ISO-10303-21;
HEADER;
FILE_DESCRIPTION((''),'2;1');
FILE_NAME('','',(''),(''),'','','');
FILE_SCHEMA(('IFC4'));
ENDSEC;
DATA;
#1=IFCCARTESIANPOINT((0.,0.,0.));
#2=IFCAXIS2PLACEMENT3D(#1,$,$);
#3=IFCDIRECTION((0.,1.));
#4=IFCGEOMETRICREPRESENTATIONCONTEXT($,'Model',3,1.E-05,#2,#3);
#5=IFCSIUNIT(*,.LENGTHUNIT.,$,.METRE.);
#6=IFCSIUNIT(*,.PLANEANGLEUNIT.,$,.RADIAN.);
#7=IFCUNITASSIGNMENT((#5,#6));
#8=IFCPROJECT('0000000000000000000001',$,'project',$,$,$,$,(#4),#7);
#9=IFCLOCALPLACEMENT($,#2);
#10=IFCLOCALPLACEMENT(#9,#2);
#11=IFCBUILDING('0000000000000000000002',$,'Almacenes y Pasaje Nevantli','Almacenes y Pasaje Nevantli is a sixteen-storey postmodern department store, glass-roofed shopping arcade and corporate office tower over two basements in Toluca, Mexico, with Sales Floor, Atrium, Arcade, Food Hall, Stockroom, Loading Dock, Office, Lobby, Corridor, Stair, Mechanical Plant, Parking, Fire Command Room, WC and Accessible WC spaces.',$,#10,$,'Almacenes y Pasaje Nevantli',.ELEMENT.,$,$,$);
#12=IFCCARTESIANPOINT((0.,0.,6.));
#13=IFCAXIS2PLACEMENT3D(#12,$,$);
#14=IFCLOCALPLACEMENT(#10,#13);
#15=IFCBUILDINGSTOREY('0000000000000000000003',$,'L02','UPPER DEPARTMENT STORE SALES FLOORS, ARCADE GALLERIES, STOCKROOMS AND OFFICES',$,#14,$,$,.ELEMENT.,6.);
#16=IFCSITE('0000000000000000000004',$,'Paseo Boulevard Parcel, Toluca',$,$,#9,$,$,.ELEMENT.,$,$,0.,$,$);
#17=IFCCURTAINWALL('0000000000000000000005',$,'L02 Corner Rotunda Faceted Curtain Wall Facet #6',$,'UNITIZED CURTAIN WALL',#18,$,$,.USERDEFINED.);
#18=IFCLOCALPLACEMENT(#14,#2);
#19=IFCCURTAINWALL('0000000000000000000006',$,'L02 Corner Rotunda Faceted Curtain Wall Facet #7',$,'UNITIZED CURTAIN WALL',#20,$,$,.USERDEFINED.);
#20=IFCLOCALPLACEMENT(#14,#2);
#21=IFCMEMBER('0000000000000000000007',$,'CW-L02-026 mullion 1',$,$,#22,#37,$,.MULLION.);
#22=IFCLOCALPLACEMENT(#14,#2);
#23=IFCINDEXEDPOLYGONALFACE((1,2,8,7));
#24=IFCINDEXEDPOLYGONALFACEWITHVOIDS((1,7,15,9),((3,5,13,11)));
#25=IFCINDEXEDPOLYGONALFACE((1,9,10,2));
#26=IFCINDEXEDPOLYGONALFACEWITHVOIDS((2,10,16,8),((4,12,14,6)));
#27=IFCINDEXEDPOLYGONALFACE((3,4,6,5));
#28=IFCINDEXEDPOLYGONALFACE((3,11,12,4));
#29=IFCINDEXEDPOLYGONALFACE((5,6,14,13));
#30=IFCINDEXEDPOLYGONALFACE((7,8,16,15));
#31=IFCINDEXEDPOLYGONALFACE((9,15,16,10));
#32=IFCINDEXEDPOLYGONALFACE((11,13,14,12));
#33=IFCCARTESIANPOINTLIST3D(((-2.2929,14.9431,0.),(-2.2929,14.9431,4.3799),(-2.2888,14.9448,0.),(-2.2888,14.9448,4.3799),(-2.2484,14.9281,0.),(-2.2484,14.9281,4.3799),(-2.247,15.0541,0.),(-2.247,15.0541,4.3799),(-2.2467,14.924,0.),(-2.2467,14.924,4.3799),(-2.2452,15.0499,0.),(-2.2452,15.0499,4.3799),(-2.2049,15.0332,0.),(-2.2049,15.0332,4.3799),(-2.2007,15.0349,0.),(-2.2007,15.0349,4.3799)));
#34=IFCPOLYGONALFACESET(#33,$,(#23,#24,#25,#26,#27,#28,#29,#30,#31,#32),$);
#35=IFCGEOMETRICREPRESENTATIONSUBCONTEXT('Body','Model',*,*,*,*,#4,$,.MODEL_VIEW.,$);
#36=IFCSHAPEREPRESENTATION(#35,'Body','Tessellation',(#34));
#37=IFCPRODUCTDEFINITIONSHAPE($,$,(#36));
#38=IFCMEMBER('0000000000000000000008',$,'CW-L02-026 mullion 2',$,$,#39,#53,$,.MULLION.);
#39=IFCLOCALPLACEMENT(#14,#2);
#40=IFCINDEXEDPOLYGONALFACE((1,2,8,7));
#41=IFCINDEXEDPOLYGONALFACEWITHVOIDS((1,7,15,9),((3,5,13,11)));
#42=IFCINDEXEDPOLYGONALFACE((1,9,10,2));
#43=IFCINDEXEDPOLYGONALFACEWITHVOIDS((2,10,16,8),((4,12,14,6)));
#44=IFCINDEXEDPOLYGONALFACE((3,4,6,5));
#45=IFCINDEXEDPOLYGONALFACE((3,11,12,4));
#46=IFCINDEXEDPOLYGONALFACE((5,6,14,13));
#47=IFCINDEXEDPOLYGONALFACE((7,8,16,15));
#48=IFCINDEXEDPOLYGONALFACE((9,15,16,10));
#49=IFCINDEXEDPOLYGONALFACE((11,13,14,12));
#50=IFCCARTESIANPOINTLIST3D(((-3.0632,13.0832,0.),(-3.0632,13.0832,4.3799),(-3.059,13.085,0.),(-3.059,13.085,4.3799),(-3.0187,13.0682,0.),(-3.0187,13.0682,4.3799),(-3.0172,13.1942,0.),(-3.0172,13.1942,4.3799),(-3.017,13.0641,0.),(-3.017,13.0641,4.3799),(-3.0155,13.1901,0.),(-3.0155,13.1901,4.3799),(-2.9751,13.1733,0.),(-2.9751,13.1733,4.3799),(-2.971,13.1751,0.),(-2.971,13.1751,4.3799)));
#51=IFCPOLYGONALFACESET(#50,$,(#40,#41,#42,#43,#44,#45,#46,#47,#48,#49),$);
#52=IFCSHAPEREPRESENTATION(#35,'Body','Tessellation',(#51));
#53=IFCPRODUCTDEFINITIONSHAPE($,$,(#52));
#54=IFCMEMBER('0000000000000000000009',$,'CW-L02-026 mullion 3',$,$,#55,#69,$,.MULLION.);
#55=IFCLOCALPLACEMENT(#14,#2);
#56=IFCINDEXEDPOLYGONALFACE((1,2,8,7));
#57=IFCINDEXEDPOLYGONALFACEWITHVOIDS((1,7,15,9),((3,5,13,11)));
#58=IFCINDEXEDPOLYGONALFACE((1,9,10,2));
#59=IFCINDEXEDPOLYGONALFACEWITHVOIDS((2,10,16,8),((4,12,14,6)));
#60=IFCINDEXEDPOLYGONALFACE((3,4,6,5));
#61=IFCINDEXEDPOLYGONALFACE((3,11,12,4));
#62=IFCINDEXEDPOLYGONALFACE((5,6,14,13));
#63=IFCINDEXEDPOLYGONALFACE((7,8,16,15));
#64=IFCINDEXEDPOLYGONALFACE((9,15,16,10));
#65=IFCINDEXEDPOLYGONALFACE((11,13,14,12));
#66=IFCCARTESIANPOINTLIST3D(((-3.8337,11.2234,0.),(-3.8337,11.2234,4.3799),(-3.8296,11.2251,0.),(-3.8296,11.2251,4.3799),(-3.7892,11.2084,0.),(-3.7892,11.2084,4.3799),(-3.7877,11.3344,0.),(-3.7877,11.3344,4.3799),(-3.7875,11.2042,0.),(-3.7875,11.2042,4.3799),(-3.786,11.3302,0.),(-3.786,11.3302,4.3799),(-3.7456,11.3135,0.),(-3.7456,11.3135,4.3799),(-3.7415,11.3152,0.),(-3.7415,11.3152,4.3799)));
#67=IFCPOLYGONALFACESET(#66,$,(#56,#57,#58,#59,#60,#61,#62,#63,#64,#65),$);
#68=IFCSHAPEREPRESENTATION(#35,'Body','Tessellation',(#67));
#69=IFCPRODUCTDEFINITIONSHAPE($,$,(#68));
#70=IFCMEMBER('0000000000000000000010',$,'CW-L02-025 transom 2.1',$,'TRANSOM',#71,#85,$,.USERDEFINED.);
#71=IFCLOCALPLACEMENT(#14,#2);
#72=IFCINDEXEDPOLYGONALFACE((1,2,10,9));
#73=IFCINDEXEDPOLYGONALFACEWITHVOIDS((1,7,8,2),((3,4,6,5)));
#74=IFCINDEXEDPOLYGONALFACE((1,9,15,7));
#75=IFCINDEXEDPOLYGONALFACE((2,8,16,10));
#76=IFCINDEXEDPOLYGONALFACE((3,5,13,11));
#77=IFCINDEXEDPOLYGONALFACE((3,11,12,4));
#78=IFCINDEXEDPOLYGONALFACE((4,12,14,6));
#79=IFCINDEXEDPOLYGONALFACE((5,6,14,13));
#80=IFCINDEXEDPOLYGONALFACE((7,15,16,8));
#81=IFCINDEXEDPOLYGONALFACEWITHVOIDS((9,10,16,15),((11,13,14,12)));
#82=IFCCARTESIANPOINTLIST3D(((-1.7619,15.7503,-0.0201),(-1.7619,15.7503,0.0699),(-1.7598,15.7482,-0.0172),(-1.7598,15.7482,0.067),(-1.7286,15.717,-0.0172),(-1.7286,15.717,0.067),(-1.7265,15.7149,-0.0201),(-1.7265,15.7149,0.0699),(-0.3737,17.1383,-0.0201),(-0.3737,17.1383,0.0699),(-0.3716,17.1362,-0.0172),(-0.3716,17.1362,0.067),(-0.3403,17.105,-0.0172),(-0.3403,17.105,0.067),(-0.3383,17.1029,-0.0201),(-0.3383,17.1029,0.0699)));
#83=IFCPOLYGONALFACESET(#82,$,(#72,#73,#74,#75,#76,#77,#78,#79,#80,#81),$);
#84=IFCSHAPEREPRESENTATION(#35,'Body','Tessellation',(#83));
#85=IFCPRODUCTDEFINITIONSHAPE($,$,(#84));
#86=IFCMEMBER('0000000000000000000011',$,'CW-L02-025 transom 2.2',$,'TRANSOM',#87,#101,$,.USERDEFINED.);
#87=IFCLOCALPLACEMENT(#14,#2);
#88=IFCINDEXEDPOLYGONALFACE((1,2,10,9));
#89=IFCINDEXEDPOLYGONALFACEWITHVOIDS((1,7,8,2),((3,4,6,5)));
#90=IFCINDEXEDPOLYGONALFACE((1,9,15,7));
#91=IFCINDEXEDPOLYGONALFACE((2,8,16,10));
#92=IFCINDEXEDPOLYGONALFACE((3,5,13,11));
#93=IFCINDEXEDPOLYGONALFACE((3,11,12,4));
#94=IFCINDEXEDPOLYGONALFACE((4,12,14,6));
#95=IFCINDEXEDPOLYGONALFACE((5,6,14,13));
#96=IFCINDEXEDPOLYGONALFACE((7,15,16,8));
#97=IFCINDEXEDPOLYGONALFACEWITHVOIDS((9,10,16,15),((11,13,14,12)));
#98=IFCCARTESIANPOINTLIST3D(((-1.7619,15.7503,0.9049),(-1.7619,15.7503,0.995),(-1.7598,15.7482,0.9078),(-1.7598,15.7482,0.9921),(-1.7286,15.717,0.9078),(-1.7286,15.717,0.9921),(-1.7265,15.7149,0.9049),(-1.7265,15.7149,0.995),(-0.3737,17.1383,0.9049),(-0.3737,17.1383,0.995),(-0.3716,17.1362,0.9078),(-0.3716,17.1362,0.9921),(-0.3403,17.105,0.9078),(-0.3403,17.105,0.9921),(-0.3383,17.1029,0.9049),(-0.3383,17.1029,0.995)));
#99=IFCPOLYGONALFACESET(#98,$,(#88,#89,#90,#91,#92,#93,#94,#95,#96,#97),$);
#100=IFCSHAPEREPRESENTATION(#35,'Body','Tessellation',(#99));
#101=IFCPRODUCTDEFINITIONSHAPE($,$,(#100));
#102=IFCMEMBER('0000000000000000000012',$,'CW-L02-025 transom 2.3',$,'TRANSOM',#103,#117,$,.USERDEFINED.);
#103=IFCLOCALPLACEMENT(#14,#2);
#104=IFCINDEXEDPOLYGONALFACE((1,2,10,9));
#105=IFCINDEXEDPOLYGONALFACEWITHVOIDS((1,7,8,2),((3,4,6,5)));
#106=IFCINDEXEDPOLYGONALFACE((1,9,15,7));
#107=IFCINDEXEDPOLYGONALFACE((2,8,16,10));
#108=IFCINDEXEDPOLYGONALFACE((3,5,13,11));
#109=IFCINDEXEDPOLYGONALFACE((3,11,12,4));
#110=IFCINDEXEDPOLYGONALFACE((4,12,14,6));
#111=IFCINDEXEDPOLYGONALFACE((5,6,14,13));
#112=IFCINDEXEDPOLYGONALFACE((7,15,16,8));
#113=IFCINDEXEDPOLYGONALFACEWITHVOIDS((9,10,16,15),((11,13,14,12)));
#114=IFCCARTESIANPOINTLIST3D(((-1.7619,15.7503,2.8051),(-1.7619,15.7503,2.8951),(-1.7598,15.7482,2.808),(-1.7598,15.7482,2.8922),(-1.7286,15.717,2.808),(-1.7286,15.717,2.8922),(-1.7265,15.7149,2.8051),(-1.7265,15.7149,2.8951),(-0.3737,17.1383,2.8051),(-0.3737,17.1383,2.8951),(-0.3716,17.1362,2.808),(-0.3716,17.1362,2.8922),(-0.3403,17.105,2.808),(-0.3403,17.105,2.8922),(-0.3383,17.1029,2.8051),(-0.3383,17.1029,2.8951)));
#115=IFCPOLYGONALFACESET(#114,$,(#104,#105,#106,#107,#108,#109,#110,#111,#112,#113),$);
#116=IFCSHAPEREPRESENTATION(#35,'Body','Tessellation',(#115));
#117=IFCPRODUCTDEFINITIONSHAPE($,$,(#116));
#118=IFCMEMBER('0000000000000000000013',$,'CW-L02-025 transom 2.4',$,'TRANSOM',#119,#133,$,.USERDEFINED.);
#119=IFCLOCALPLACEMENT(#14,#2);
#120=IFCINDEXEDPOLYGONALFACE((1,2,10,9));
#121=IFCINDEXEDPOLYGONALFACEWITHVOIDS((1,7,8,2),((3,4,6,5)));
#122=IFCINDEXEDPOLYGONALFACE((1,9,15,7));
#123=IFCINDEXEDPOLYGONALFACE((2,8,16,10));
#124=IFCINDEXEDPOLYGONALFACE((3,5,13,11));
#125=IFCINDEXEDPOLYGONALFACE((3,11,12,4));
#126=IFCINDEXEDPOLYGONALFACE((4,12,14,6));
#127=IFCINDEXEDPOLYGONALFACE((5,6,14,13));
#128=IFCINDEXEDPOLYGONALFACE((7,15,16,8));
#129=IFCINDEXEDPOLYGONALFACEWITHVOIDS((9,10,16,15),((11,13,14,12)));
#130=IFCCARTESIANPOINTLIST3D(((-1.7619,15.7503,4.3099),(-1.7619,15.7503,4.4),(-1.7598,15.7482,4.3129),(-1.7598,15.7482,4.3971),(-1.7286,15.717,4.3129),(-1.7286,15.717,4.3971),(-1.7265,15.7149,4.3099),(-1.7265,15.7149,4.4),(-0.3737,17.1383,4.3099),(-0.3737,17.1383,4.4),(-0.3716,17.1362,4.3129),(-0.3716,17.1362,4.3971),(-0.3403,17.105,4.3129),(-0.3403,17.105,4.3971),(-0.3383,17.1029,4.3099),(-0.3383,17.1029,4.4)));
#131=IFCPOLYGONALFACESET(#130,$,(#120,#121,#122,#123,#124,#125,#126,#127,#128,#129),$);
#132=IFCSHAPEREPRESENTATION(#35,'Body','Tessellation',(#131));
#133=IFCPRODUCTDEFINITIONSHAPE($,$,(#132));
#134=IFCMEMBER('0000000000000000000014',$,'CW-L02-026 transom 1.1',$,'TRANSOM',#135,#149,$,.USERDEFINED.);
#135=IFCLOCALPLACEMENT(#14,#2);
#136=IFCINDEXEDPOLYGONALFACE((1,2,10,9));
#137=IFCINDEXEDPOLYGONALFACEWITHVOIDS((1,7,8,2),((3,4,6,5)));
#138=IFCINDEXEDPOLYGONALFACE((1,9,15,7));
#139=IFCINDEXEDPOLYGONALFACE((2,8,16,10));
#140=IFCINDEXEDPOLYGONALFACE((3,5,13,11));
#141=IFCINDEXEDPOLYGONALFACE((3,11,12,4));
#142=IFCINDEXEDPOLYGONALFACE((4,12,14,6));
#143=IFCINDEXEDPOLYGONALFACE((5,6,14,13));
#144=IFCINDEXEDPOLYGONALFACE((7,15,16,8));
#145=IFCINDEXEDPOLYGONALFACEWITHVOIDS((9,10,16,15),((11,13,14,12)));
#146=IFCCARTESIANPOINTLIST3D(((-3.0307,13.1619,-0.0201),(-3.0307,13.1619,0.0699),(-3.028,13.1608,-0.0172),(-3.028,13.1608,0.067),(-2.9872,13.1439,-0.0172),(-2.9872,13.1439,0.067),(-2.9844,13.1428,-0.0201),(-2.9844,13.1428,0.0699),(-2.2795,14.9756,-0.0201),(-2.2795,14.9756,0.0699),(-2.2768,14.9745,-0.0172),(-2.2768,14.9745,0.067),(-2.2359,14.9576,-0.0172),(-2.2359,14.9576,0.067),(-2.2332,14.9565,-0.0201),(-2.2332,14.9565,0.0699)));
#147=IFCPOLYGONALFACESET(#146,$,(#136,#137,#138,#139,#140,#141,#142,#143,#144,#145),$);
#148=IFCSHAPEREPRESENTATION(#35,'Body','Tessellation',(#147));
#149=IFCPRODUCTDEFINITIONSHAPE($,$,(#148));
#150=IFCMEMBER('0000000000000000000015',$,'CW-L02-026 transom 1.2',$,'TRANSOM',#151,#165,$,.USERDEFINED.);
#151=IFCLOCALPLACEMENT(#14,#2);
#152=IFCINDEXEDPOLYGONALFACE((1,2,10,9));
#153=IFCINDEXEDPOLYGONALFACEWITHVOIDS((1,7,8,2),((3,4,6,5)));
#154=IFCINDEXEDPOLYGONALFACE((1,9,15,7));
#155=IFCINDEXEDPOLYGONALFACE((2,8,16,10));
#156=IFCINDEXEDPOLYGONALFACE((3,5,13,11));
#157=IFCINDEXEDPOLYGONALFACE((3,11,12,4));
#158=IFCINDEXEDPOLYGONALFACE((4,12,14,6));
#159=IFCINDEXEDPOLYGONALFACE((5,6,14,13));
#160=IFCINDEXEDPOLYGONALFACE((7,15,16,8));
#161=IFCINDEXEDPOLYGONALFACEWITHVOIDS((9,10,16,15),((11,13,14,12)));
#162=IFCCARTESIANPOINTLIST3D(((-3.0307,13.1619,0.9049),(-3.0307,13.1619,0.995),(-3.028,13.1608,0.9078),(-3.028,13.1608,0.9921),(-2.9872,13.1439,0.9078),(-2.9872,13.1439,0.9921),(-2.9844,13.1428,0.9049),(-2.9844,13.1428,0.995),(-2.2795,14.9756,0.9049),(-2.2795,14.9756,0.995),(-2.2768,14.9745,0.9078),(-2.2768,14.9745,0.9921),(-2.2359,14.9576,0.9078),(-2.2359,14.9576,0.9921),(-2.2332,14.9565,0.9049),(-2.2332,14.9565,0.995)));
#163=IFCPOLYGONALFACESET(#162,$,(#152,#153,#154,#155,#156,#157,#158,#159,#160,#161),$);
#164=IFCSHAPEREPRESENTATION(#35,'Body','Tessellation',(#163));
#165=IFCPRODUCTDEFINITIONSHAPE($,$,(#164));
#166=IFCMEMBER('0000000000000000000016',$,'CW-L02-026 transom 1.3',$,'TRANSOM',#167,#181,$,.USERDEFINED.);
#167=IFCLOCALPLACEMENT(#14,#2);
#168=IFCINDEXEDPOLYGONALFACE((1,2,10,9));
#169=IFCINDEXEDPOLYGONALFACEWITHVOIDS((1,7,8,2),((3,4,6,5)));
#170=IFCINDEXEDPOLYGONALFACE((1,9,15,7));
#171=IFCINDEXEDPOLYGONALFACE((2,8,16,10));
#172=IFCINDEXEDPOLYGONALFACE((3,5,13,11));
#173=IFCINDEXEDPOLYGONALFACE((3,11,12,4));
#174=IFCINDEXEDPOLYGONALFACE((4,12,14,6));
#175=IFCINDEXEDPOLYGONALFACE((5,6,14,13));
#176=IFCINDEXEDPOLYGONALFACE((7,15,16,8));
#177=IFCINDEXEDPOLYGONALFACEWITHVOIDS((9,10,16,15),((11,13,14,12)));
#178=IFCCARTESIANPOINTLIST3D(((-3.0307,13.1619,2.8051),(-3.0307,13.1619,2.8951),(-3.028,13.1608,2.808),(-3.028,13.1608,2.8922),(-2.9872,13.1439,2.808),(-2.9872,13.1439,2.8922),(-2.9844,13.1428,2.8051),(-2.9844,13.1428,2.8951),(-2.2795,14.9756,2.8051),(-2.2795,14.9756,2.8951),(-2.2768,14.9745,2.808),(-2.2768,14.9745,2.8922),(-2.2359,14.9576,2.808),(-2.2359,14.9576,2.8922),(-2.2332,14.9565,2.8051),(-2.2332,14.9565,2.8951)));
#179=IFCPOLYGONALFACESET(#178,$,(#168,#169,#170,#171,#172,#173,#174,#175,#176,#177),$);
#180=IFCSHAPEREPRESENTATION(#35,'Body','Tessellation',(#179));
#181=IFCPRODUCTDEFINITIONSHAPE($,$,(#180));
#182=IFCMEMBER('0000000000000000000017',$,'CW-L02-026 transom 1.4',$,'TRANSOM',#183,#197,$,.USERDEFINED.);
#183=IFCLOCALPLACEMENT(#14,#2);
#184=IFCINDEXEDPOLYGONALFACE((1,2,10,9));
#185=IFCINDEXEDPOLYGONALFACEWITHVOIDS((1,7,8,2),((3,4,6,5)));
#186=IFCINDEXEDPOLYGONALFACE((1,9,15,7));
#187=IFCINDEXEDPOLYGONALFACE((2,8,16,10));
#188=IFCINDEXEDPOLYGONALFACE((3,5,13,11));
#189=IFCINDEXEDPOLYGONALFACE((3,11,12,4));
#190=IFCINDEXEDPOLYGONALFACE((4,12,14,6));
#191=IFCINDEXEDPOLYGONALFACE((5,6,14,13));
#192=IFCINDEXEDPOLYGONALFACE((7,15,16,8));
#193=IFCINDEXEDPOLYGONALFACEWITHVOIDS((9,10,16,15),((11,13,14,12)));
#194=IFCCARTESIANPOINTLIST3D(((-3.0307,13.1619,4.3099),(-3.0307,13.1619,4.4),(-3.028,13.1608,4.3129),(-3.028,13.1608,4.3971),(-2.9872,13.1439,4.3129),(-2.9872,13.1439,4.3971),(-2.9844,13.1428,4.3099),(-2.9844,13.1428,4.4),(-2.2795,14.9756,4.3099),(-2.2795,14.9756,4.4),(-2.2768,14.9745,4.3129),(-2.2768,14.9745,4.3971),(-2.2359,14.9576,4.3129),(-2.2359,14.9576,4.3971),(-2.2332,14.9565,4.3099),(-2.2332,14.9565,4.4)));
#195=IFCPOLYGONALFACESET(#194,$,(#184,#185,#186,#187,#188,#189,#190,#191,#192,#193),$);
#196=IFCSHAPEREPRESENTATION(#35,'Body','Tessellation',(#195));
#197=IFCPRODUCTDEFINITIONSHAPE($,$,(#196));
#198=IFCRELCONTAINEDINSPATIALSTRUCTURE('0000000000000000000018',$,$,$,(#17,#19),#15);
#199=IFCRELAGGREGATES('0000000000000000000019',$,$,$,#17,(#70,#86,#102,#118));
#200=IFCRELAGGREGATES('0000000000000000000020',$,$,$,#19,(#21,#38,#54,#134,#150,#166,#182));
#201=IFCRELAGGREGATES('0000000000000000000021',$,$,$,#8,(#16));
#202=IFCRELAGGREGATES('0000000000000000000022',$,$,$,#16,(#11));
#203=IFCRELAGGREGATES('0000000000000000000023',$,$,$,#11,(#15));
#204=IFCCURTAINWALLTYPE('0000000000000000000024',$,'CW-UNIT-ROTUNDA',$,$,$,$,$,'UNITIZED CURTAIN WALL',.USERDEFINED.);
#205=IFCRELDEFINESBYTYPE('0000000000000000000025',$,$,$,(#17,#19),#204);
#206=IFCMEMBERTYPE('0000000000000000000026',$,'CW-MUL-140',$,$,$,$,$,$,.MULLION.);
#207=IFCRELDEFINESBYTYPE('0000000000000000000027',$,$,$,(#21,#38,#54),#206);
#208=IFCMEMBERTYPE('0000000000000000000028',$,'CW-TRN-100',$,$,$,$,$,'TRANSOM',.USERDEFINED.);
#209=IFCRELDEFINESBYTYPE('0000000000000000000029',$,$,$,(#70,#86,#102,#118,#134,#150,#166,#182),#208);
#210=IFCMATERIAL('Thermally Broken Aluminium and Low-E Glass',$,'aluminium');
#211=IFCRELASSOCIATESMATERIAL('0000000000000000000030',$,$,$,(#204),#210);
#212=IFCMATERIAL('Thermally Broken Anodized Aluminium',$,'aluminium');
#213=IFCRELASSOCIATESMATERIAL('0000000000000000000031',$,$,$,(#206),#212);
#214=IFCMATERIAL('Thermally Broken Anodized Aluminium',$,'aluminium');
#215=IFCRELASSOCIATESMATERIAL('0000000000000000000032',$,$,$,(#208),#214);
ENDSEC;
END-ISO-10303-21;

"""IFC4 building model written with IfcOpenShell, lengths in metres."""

from ifc_helpers import new_model, si_unit, direction, frame, origin, origin_2d, place, context, subcontext, project, spatial, hollow_rectangle, extrude, material, material_profile, profile_set, type_object, element, aggregate, save


model = new_model("IFC4")

# Units and contexts
model_context = context("Model", 3, precision=1e-05, world=origin(), true_north=direction((0.0, 1.0)))
body_context = subcontext(model_context, "Body", "Model", "MODEL_VIEW")
ifc_project = project(units=[si_unit("LENGTHUNIT", "METRE"), si_unit("PLANEANGLEUNIT", "RADIAN")], contexts=[model_context])

# Site, building, storey
site_placement = place(None, origin())
site = spatial("IfcSite", under=ifc_project, at=site_placement, Name="Paseo Boulevard Parcel, Toluca", CompositionType="ELEMENT", RefElevation=0.0)
building_placement = place(site_placement, origin())
building = spatial("IfcBuilding", under=site, at=building_placement, Name="Almacenes y Pasaje Nevantli", Description="Almacenes y Pasaje Nevantli is a sixteen-storey postmodern department store, glass-roofed shopping arcade and corporate office tower over two basements in Toluca, Mexico, with Sales Floor, Atrium, Arcade, Food Hall, Stockroom, Loading Dock, Office, Lobby, Corridor, Stair, Mechanical Plant, Parking, Fire Command Room, WC and Accessible WC spaces.", LongName="Almacenes y Pasaje Nevantli", CompositionType="ELEMENT")
storey_placement = place(building_placement, frame((0.0, 0.0, 6.0)))
storey = spatial("IfcBuildingStorey", under=building, at=storey_placement, Name="L02", Description="UPPER DEPARTMENT STORE SALES FLOORS, ARCADE GALLERIES, STOCKROOMS AND OFFICES", CompositionType="ELEMENT", Elevation=6.0)

# Curtain walls, members
ifc_material_1 = material(Name="Thermally Broken Aluminium and Low-E Glass", Category="aluminium")
curtain_wall_type = type_object("IfcCurtainWallType", Name="CW-UNIT-ROTUNDA", ElementType="UNITIZED CURTAIN WALL", PredefinedType="USERDEFINED", material=ifc_material_1)
curtain_wall_1_placement = place(storey_placement, origin())
curtain_wall_1 = element("IfcCurtainWall", 1, at=curtain_wall_1_placement, inside=storey, type_object=curtain_wall_type, Name="L02 Corner Rotunda Faceted Curtain Wall Facet #6", ObjectType="UNITIZED CURTAIN WALL", PredefinedType="USERDEFINED")
ifc_material_2 = material(Name="Thermally Broken Anodized Aluminium", Category="aluminium")
ifc_material_profile_1 = material_profile(ifc_material_2, hollow_rectangle(XDim=0.05, YDim=0.1201, WallThickness=0.0032, at=origin_2d()), Name="ALU-MUL-50x120")
ifc_profile_set_1 = profile_set([ifc_material_profile_1], Name="Thermally Broken Anodized Aluminium")
member_type_1 = type_object("IfcMemberType", Name="CW-MUL-140", PredefinedType="MULLION", material=ifc_profile_set_1)
curtain_wall_2_placement = place(storey_placement, origin())
curtain_wall_2 = element("IfcCurtainWall", 2, at=curtain_wall_2_placement, inside=storey, type_object=curtain_wall_type, Name="L02 Corner Rotunda Faceted Curtain Wall Facet #7", ObjectType="UNITIZED CURTAIN WALL", PredefinedType="USERDEFINED")
member_1_placement = place(storey_placement, frame((-2.2468, 14.989, 0.0), z_axis=(0.0, 0.0, 1.0), x_axis=(0.923873, -0.382698, 0.0)))
member_1 = element("IfcMember", 3, at=member_1_placement, type_object=member_type_1, Name="CW-L02-026 mullion 1", PredefinedType="MULLION", context=body_context, shape_type="SweptSolid", body=[
    extrude(hollow_rectangle(XDim=0.05, YDim=0.1201, WallThickness=0.0032, at=origin_2d()), origin(), (0.0, 0.0, 1.0), 4.3799),
])
member_2_placement = place(storey_placement, frame((-3.0171, 13.1292, 0.0), z_axis=(0.0, 0.0, 1.0), x_axis=(0.923873, -0.382698, 0.0)))
member_2 = element("IfcMember", 4, at=member_2_placement, type_object=member_type_1, Name="CW-L02-026 mullion 2", PredefinedType="MULLION", context=body_context, shape_type="SweptSolid", body=[
    extrude(hollow_rectangle(XDim=0.05, YDim=0.1201, WallThickness=0.0032, at=origin_2d()), origin(), (0.0, 0.0, 1.0), 4.3799),
])
member_3_placement = place(storey_placement, frame((-3.7876, 11.2693, 0.0), z_axis=(0.0, 0.0, 1.0), x_axis=(0.923873, -0.382698, 0.0)))
member_3 = element("IfcMember", 5, at=member_3_placement, type_object=member_type_1, Name="CW-L02-026 mullion 3", PredefinedType="MULLION", context=body_context, shape_type="SweptSolid", body=[
    extrude(hollow_rectangle(XDim=0.05, YDim=0.1201, WallThickness=0.0032, at=origin_2d()), origin(), (0.0, 0.0, 1.0), 4.3799),
])

# Members
ifc_material_3 = material(Name="Thermally Broken Anodized Aluminium", Category="aluminium")
ifc_material_profile_2 = material_profile(ifc_material_3, hollow_rectangle(XDim=0.05, YDim=0.0901, WallThickness=0.0029, at=origin_2d()), Name="ALU-TRN-50x90")
ifc_profile_set_2 = profile_set([ifc_material_profile_2], Name="Thermally Broken Anodized Aluminium")
member_type_2 = type_object("IfcMemberType", Name="CW-TRN-100", ElementType="TRANSOM", PredefinedType="USERDEFINED", material=ifc_profile_set_2)
member_4_placement = place(storey_placement, frame((-0.356, 17.1206, 0.0249), z_axis=(-0.707169, -0.707045, 0.0), x_axis=(0.707045, -0.707169, 0.0)))
member_4 = element("IfcMember", 6, at=member_4_placement, type_object=member_type_2, Name="CW-L02-025 transom 2.1", ObjectType="TRANSOM", PredefinedType="USERDEFINED", context=body_context, shape_type="SweptSolid", body=[
    extrude(hollow_rectangle(XDim=0.05, YDim=0.0901, WallThickness=0.0029, at=origin_2d()), origin(), (0.0, 0.0, 1.0), 1.9631),
])
member_5_placement = place(storey_placement, frame((-0.356, 17.1206, 0.95), z_axis=(-0.707169, -0.707045, 0.0), x_axis=(0.707045, -0.707169, 0.0)))
member_5 = element("IfcMember", 7, at=member_5_placement, type_object=member_type_2, Name="CW-L02-025 transom 2.2", ObjectType="TRANSOM", PredefinedType="USERDEFINED", context=body_context, shape_type="SweptSolid", body=[
    extrude(hollow_rectangle(XDim=0.05, YDim=0.0901, WallThickness=0.0029, at=origin_2d()), origin(), (0.0, 0.0, 1.0), 1.9631),
])
member_6_placement = place(storey_placement, frame((-0.356, 17.1206, 2.8501), z_axis=(-0.707169, -0.707045, 0.0), x_axis=(0.707045, -0.707169, 0.0)))
member_6 = element("IfcMember", 8, at=member_6_placement, type_object=member_type_2, Name="CW-L02-025 transom 2.3", ObjectType="TRANSOM", PredefinedType="USERDEFINED", context=body_context, shape_type="SweptSolid", body=[
    extrude(hollow_rectangle(XDim=0.05, YDim=0.0901, WallThickness=0.0029, at=origin_2d()), origin(), (0.0, 0.0, 1.0), 1.9631),
])
member_7_placement = place(storey_placement, frame((-0.356, 17.1206, 4.355), z_axis=(-0.707169, -0.707045, 0.0), x_axis=(0.707045, -0.707169, 0.0)))
member_7 = element("IfcMember", 9, at=member_7_placement, type_object=member_type_2, Name="CW-L02-025 transom 2.4", ObjectType="TRANSOM", PredefinedType="USERDEFINED", context=body_context, shape_type="SweptSolid", body=[
    extrude(hollow_rectangle(XDim=0.05, YDim=0.0901, WallThickness=0.0029, at=origin_2d()), origin(), (0.0, 0.0, 1.0), 1.9631),
])
member_8_placement = place(storey_placement, frame((-2.2563, 14.9661, 0.0249), z_axis=(-0.382663, -0.923888, 0.0), x_axis=(0.923888, -0.382663, 0.0)))
member_8 = element("IfcMember", 10, at=member_8_placement, type_object=member_type_2, Name="CW-L02-026 transom 1.1", ObjectType="TRANSOM", PredefinedType="USERDEFINED", context=body_context, shape_type="SweptSolid", body=[
    extrude(hollow_rectangle(XDim=0.05, YDim=0.0901, WallThickness=0.0029, at=origin_2d()), origin(), (0.0, 0.0, 1.0), 1.9631),
])
member_9_placement = place(storey_placement, frame((-2.2563, 14.9661, 0.95), z_axis=(-0.382663, -0.923888, 0.0), x_axis=(0.923888, -0.382663, 0.0)))
member_9 = element("IfcMember", 11, at=member_9_placement, type_object=member_type_2, Name="CW-L02-026 transom 1.2", ObjectType="TRANSOM", PredefinedType="USERDEFINED", context=body_context, shape_type="SweptSolid", body=[
    extrude(hollow_rectangle(XDim=0.05, YDim=0.0901, WallThickness=0.0029, at=origin_2d()), origin(), (0.0, 0.0, 1.0), 1.9631),
])
member_10_placement = place(storey_placement, frame((-2.2563, 14.9661, 2.8501), z_axis=(-0.382663, -0.923888, 0.0), x_axis=(0.923888, -0.382663, 0.0)))
member_10 = element("IfcMember", 12, at=member_10_placement, type_object=member_type_2, Name="CW-L02-026 transom 1.3", ObjectType="TRANSOM", PredefinedType="USERDEFINED", context=body_context, shape_type="SweptSolid", body=[
    extrude(hollow_rectangle(XDim=0.05, YDim=0.0901, WallThickness=0.0029, at=origin_2d()), origin(), (0.0, 0.0, 1.0), 1.9631),
])
member_11_placement = place(storey_placement, frame((-2.2563, 14.9661, 4.355), z_axis=(-0.382663, -0.923888, 0.0), x_axis=(0.923888, -0.382663, 0.0)))
member_11 = element("IfcMember", 13, at=member_11_placement, type_object=member_type_2, Name="CW-L02-026 transom 1.4", ObjectType="TRANSOM", PredefinedType="USERDEFINED", context=body_context, shape_type="SweptSolid", body=[
    extrude(hollow_rectangle(XDim=0.05, YDim=0.0901, WallThickness=0.0029, at=origin_2d()), origin(), (0.0, 0.0, 1.0), 1.9631),
])

aggregate(curtain_wall_1, [member_4, member_5, member_6, member_7])
aggregate(curtain_wall_2, [member_1, member_2, member_3, member_8, member_9, member_10, member_11])

save(model, "model.ifc")
